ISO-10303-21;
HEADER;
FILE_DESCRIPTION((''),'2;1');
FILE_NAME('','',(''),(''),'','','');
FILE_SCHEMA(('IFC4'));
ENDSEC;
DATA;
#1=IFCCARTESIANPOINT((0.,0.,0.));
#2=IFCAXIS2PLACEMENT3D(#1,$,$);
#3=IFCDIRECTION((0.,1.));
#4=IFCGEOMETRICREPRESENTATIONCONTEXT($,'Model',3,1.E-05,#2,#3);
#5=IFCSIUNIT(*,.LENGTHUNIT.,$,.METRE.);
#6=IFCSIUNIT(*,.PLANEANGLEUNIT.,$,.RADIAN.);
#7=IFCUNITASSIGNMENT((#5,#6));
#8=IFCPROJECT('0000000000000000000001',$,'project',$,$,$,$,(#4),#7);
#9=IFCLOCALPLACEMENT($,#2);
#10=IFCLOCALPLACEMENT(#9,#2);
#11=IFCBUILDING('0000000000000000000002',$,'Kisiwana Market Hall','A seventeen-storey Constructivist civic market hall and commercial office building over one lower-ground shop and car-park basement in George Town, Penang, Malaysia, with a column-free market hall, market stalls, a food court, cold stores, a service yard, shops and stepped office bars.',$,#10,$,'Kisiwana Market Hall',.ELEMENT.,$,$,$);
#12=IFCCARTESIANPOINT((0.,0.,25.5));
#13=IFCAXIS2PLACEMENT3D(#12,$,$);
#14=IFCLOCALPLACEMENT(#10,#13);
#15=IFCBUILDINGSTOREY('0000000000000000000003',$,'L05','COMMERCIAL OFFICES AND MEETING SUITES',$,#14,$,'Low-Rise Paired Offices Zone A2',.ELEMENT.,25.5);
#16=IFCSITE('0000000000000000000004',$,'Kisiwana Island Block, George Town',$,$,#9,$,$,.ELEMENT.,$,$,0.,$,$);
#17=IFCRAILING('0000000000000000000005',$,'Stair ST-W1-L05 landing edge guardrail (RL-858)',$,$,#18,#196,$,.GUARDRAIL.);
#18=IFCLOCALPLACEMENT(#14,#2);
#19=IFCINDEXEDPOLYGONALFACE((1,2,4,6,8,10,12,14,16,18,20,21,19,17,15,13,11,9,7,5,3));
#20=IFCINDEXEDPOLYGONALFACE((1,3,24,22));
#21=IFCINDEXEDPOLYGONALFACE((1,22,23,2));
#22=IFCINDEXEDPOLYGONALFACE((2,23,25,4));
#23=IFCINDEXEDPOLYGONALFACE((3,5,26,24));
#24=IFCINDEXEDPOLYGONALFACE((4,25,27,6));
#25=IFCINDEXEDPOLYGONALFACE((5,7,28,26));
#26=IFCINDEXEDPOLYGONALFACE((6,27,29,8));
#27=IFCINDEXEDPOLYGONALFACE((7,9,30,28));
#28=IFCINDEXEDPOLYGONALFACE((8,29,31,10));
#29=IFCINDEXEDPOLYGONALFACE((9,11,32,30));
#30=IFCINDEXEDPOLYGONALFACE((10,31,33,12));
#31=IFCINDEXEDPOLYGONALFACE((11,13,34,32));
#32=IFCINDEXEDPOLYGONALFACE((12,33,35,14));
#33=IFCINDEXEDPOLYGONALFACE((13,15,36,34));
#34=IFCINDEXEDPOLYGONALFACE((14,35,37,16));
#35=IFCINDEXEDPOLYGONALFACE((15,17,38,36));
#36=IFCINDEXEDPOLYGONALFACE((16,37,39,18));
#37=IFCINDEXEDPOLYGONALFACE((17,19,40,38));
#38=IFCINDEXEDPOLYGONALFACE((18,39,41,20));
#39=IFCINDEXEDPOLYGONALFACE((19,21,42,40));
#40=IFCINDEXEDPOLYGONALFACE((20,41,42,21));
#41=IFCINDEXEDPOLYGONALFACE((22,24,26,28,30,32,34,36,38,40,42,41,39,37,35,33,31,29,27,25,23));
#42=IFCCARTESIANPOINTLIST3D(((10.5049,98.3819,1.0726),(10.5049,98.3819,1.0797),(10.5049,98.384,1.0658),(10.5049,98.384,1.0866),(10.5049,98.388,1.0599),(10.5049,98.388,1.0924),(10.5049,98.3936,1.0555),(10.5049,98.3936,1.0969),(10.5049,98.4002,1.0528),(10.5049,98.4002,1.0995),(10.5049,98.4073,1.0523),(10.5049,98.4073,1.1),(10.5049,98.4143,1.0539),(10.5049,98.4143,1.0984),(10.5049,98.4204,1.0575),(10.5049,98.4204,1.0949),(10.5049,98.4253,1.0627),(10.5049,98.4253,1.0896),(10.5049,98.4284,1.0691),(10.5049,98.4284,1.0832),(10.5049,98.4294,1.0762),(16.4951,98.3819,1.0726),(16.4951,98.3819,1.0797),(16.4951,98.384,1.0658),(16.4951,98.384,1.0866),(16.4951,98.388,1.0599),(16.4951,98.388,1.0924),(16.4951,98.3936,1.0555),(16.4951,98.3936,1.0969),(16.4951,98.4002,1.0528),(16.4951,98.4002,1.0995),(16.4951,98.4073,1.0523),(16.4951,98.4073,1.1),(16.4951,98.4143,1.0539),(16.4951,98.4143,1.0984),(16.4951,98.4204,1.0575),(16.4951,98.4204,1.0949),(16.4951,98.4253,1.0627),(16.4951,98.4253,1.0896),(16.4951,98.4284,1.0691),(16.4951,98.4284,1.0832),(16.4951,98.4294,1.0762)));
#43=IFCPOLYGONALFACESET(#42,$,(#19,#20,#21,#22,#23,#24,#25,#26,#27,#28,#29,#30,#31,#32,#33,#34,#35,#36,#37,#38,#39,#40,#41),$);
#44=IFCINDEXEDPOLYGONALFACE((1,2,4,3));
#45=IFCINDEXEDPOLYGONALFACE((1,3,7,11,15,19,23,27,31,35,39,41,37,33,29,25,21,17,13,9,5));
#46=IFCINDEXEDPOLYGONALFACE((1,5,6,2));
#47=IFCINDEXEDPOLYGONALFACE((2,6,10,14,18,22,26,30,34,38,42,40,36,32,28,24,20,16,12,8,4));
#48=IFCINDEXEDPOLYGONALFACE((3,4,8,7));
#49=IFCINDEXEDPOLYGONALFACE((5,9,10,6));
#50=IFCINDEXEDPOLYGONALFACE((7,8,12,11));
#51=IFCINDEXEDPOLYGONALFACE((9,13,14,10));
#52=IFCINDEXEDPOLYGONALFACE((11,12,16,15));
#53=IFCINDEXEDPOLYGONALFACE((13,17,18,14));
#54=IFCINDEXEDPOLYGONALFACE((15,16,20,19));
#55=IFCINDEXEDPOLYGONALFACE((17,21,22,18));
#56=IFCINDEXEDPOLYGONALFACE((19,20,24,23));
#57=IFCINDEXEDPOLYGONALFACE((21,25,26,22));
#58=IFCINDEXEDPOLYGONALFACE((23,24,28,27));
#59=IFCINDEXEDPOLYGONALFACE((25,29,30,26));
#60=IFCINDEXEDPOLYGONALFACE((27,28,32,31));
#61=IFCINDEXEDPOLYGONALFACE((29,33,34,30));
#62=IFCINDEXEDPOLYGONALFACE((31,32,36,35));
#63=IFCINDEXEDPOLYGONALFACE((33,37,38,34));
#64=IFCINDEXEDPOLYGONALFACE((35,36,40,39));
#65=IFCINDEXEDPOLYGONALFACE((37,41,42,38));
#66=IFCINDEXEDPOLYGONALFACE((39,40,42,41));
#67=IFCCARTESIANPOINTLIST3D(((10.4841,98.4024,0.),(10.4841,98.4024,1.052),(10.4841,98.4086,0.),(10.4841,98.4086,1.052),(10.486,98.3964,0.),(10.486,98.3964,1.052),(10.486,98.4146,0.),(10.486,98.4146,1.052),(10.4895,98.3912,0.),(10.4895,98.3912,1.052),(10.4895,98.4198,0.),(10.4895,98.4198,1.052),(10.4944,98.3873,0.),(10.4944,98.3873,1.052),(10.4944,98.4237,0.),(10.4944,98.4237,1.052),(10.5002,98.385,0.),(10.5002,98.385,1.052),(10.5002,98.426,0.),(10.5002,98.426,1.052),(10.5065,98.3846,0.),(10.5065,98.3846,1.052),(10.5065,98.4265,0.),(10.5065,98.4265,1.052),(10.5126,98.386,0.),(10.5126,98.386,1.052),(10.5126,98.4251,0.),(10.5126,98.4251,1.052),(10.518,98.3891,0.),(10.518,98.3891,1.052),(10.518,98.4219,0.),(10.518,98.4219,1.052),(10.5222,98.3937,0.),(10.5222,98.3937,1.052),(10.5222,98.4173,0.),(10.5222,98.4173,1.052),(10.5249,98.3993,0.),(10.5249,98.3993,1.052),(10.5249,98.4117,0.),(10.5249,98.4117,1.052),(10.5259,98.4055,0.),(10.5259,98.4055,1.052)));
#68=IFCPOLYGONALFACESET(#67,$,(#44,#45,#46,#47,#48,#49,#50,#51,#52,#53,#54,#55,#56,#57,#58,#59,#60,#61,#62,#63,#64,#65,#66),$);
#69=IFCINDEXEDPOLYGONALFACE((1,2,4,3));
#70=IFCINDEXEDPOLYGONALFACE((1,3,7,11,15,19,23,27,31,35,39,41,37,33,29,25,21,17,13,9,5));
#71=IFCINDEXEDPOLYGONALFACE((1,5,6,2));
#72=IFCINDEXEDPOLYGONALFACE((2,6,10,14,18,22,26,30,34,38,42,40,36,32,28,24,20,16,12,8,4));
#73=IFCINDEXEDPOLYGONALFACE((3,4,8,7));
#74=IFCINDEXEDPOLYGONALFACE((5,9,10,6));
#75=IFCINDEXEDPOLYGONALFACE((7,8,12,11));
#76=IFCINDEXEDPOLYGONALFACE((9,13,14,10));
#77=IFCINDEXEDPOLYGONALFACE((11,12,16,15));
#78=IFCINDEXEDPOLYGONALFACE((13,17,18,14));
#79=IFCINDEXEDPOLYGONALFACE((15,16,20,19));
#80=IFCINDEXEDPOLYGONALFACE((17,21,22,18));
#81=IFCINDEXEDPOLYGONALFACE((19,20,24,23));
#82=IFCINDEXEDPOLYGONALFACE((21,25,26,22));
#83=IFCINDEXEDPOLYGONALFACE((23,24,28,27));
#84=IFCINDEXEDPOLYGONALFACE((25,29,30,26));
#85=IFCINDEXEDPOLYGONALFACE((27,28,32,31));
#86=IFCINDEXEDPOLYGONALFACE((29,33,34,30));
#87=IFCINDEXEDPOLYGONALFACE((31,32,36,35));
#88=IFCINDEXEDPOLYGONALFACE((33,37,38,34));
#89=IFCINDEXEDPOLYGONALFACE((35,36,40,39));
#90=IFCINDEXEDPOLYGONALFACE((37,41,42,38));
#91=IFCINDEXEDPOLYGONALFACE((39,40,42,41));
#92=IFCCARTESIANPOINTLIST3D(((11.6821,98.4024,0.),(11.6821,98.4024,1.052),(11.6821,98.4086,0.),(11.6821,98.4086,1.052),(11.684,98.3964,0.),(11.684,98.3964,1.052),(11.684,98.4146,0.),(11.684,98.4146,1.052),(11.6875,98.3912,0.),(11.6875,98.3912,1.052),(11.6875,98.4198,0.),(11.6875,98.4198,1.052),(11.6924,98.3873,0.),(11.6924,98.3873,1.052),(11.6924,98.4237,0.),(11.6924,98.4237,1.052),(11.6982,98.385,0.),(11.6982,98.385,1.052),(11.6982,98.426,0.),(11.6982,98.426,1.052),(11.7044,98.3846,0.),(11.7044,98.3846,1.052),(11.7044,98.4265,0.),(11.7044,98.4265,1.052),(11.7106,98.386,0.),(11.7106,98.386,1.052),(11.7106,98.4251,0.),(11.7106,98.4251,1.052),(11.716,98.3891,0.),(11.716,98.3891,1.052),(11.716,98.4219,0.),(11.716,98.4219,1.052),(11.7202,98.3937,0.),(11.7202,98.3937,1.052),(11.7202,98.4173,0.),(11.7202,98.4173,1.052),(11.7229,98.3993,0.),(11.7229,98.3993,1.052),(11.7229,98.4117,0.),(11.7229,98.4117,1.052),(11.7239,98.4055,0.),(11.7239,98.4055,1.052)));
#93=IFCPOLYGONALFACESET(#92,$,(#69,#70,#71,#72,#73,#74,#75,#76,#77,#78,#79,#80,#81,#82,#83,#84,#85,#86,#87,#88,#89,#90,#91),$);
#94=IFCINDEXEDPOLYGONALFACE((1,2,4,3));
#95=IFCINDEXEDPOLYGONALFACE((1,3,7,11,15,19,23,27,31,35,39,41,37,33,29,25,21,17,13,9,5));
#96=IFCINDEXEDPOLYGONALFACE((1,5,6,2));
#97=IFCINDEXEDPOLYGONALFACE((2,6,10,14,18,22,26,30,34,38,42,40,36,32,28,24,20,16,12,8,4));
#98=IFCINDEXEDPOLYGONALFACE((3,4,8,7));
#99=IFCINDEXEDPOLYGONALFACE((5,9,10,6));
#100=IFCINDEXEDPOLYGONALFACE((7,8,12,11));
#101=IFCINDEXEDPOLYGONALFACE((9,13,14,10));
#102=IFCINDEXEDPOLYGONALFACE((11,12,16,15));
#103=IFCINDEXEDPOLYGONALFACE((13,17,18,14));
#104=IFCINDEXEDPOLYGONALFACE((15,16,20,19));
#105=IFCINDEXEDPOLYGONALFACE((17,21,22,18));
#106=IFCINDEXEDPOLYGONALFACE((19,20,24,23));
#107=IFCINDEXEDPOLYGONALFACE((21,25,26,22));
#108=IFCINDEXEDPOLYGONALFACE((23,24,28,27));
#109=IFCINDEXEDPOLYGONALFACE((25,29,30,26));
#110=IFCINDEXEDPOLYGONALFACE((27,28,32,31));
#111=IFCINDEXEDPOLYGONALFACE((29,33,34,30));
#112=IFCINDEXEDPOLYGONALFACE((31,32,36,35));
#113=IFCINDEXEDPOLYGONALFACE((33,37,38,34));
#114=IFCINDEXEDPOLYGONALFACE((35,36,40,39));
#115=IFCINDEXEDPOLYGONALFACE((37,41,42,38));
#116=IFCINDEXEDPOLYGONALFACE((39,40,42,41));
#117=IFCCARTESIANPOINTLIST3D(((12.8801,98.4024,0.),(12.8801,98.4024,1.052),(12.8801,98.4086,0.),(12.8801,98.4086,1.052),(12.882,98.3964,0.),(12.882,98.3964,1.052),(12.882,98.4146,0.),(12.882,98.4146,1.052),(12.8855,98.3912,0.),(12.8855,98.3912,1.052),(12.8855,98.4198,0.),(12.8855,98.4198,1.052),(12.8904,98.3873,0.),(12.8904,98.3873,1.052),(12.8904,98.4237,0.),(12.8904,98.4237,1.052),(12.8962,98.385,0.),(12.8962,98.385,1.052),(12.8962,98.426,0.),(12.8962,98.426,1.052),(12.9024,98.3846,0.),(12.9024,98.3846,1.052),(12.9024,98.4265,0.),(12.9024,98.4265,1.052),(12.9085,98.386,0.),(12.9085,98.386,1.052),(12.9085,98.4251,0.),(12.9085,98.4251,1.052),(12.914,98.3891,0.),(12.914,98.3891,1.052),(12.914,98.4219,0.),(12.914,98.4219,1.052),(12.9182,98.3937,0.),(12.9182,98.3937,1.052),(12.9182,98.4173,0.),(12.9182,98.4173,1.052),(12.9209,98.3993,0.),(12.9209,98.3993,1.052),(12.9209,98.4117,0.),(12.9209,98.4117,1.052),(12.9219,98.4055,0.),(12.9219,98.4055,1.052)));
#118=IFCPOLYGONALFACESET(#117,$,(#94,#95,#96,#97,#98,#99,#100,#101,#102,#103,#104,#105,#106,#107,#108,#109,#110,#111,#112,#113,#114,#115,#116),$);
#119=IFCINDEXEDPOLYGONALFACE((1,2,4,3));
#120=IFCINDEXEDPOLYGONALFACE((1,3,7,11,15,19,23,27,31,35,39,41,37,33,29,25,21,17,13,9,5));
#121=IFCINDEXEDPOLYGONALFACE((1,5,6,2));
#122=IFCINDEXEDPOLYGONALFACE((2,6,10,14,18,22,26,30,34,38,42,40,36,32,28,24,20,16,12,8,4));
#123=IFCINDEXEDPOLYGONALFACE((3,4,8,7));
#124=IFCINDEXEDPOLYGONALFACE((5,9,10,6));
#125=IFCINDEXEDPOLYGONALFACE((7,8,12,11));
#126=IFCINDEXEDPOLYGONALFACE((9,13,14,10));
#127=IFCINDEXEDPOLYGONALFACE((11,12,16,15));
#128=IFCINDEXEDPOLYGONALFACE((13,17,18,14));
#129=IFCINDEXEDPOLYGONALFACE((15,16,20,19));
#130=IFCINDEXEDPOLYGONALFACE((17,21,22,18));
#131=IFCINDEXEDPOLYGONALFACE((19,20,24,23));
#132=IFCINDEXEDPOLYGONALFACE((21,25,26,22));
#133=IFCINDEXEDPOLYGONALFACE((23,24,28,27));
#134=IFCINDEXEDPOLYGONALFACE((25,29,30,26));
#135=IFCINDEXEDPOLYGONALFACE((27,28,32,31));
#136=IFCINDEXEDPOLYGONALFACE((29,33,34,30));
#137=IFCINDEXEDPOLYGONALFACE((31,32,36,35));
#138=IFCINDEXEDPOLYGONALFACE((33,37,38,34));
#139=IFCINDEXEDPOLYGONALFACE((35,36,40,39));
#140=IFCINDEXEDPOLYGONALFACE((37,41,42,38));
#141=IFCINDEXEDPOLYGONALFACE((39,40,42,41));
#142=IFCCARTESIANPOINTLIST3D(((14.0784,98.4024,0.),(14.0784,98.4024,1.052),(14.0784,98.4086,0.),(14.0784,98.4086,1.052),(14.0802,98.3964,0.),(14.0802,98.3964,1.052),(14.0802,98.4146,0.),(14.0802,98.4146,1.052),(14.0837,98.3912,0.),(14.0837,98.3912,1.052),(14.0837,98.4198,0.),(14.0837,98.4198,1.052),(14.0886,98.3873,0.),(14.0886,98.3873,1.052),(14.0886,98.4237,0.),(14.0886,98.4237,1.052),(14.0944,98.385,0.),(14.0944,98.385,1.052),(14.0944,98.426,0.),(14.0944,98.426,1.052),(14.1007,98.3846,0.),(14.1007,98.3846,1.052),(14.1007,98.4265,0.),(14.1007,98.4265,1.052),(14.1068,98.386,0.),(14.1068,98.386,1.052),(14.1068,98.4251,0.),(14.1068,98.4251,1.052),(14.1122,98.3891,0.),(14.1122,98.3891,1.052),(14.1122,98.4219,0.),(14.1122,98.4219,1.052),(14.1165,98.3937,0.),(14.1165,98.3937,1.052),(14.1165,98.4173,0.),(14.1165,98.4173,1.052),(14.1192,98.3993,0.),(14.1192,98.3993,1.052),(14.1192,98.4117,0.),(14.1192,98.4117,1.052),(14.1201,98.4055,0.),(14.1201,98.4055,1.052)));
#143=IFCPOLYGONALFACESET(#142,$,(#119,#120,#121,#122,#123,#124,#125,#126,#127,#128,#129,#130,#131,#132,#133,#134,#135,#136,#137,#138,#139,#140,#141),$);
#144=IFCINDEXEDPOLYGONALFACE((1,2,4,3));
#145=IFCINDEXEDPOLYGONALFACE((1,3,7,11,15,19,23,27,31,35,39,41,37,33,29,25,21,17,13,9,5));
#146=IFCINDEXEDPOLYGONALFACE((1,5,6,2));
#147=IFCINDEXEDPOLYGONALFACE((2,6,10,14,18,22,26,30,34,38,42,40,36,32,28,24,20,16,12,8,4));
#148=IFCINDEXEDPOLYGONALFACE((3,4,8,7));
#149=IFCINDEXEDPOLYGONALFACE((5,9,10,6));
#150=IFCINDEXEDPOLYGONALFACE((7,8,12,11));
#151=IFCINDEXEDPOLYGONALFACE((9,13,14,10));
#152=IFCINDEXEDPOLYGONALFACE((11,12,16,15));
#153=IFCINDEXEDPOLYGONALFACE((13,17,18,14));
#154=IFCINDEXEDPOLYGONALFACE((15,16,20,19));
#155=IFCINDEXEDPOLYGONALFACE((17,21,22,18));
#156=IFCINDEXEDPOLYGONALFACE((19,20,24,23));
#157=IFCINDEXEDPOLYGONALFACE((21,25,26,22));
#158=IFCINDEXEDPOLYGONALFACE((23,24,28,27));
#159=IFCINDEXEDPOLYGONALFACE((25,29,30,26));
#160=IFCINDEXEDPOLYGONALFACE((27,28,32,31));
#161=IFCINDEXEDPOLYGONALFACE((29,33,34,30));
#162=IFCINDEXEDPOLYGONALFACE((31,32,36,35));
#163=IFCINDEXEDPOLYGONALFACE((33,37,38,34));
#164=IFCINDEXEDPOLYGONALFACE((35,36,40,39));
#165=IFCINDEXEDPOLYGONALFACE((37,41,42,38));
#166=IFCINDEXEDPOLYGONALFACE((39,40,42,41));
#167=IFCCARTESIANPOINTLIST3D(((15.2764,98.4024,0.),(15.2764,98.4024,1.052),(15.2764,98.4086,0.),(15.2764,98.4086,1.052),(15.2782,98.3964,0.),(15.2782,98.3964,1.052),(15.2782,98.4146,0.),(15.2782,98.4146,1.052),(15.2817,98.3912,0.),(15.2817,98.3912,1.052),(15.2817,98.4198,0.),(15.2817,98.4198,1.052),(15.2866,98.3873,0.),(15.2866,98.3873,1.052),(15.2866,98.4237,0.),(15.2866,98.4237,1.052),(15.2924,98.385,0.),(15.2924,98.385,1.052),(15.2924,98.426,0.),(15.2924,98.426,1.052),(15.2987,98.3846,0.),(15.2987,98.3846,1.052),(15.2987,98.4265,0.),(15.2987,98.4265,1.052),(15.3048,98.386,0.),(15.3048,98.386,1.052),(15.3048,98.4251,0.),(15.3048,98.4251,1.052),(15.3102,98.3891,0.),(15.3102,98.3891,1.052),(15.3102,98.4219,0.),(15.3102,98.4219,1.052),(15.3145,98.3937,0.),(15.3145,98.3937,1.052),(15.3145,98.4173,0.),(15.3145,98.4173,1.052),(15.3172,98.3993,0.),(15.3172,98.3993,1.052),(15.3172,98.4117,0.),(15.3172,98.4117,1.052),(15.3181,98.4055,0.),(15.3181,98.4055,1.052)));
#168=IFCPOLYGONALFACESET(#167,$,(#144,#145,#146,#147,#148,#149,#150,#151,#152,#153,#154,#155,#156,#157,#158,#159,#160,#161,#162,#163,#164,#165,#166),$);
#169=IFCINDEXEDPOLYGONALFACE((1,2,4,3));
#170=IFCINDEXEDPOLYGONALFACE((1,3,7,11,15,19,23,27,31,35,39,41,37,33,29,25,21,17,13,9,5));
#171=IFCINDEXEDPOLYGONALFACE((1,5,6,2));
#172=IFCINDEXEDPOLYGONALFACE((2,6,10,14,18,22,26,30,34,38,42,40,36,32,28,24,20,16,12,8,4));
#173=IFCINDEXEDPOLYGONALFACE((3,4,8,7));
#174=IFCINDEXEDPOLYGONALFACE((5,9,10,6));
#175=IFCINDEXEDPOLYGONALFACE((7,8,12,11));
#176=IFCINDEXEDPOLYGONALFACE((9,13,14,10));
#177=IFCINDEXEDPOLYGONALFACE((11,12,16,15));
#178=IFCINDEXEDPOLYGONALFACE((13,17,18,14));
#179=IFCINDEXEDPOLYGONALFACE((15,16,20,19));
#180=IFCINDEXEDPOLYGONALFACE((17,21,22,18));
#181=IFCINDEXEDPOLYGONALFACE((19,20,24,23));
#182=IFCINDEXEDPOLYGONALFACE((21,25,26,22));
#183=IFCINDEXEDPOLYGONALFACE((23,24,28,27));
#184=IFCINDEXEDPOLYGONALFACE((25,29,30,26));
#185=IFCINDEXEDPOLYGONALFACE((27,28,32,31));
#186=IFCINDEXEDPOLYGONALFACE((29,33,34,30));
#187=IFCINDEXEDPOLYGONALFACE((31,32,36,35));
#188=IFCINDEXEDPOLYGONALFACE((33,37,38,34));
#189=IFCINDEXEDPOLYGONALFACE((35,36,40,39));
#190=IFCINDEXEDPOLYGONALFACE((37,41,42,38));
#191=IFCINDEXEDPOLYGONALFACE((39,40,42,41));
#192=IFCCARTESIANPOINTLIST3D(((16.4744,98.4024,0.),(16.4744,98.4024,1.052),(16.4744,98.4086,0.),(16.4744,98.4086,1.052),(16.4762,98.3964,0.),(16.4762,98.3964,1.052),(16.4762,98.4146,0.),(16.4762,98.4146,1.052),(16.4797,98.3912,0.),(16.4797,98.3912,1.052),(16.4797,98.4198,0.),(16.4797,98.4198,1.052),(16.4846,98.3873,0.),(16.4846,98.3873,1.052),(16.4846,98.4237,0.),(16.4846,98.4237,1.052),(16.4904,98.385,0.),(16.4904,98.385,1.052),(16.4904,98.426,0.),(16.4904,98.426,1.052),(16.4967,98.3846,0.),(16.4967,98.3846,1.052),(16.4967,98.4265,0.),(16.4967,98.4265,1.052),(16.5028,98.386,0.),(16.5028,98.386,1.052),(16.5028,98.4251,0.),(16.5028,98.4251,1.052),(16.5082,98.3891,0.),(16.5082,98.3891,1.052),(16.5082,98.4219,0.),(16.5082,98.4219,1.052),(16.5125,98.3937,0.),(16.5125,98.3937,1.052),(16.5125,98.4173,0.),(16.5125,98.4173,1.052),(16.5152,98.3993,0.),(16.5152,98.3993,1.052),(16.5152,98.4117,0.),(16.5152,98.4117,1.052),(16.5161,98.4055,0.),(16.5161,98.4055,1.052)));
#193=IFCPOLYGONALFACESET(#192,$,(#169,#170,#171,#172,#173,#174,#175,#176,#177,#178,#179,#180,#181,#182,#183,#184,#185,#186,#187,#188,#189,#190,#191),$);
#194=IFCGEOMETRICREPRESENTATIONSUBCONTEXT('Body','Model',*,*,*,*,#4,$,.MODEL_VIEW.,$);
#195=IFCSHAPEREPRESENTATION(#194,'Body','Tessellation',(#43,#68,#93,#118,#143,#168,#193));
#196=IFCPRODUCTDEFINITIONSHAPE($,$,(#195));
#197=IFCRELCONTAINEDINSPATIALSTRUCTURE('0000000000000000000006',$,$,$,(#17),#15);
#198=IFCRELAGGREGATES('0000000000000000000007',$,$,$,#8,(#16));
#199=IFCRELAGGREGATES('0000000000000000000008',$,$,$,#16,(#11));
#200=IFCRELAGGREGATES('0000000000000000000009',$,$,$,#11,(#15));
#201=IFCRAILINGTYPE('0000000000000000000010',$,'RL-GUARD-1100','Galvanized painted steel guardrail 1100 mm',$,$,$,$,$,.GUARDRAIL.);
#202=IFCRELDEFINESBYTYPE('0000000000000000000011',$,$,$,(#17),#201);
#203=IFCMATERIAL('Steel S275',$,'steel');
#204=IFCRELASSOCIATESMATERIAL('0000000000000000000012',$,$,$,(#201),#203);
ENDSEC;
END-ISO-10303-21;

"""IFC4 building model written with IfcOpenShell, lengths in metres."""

from ifc_helpers import new_model, si_unit, direction, frame, origin, origin_2d, place, context, subcontext, project, spatial, circle, extrude, material, type_object, element, save


model = new_model("IFC4")

# Units and contexts
model_context = context("Model", 3, precision=1e-05, world=origin(), true_north=direction((0.0, 1.0)))
body_context = subcontext(model_context, "Body", "Model", "MODEL_VIEW")
ifc_project = project(units=[si_unit("LENGTHUNIT", "METRE"), si_unit("PLANEANGLEUNIT", "RADIAN")], contexts=[model_context])

# Site, building, storey
site_placement = place(None, origin())
site = spatial("IfcSite", under=ifc_project, at=site_placement, Name="Kisiwana Island Block, George Town", CompositionType="ELEMENT", RefElevation=0.0)
building_placement = place(site_placement, origin())
building = spatial("IfcBuilding", under=site, at=building_placement, Name="Kisiwana Market Hall", Description="A seventeen-storey Constructivist civic market hall and commercial office building over one lower-ground shop and car-park basement in George Town, Penang, Malaysia, with a column-free market hall, market stalls, a food court, cold stores, a service yard, shops and stepped office bars.", LongName="Kisiwana Market Hall", CompositionType="ELEMENT")
storey_placement = place(building_placement, frame((0.0, 0.0, 25.5)))
storey = spatial("IfcBuildingStorey", under=building, at=storey_placement, Name="L05", Description="COMMERCIAL OFFICES AND MEETING SUITES", LongName="Low-Rise Paired Offices Zone A2", CompositionType="ELEMENT", Elevation=25.5)

# Railing
ifc_material_1 = material(Name="Steel S275", Category="steel")
railing_type = type_object("IfcRailingType", Name="RL-GUARD-1100", Description="Galvanized painted steel guardrail 1100 mm", PredefinedType="GUARDRAIL", material=ifc_material_1)
railing_1_placement = place(storey_placement, frame((10.5049, 98.4055, 0.0)))
element("IfcRailing", 1, at=railing_1_placement, inside=storey, type_object=railing_type, Name="Stair ST-W1-L05 landing edge guardrail (RL-858)", PredefinedType="GUARDRAIL", context=body_context, shape_type="SweptSolid", body=[
    extrude(circle(Radius=0.0239, at=origin_2d()), frame((0.0, 0.0, 1.0762), z_axis=(1.0, 0.0, 0.0), x_axis=(0.0, 1.0, 0.0)), (0.0, 0.0, 1.0), 5.9902),
    extrude(circle(Radius=0.021, at=origin_2d()), origin(), (0.0, 0.0, 1.0), 1.052),
    extrude(circle(Radius=0.021, at=origin_2d()), frame((1.198, 0.0, 0.0)), (0.0, 0.0, 1.0), 1.052),
    extrude(circle(Radius=0.021, at=origin_2d()), frame((2.396, 0.0, 0.0)), (0.0, 0.0, 1.0), 1.052),
    extrude(circle(Radius=0.021, at=origin_2d()), frame((3.5942, 0.0, 0.0)), (0.0, 0.0, 1.0), 1.052),
    extrude(circle(Radius=0.021, at=origin_2d()), frame((4.7922, 0.0, 0.0)), (0.0, 0.0, 1.0), 1.052),
    extrude(circle(Radius=0.021, at=origin_2d()), frame((5.9902, 0.0, 0.0)), (0.0, 0.0, 1.0), 1.052),
])

save(model, "model.ifc")
